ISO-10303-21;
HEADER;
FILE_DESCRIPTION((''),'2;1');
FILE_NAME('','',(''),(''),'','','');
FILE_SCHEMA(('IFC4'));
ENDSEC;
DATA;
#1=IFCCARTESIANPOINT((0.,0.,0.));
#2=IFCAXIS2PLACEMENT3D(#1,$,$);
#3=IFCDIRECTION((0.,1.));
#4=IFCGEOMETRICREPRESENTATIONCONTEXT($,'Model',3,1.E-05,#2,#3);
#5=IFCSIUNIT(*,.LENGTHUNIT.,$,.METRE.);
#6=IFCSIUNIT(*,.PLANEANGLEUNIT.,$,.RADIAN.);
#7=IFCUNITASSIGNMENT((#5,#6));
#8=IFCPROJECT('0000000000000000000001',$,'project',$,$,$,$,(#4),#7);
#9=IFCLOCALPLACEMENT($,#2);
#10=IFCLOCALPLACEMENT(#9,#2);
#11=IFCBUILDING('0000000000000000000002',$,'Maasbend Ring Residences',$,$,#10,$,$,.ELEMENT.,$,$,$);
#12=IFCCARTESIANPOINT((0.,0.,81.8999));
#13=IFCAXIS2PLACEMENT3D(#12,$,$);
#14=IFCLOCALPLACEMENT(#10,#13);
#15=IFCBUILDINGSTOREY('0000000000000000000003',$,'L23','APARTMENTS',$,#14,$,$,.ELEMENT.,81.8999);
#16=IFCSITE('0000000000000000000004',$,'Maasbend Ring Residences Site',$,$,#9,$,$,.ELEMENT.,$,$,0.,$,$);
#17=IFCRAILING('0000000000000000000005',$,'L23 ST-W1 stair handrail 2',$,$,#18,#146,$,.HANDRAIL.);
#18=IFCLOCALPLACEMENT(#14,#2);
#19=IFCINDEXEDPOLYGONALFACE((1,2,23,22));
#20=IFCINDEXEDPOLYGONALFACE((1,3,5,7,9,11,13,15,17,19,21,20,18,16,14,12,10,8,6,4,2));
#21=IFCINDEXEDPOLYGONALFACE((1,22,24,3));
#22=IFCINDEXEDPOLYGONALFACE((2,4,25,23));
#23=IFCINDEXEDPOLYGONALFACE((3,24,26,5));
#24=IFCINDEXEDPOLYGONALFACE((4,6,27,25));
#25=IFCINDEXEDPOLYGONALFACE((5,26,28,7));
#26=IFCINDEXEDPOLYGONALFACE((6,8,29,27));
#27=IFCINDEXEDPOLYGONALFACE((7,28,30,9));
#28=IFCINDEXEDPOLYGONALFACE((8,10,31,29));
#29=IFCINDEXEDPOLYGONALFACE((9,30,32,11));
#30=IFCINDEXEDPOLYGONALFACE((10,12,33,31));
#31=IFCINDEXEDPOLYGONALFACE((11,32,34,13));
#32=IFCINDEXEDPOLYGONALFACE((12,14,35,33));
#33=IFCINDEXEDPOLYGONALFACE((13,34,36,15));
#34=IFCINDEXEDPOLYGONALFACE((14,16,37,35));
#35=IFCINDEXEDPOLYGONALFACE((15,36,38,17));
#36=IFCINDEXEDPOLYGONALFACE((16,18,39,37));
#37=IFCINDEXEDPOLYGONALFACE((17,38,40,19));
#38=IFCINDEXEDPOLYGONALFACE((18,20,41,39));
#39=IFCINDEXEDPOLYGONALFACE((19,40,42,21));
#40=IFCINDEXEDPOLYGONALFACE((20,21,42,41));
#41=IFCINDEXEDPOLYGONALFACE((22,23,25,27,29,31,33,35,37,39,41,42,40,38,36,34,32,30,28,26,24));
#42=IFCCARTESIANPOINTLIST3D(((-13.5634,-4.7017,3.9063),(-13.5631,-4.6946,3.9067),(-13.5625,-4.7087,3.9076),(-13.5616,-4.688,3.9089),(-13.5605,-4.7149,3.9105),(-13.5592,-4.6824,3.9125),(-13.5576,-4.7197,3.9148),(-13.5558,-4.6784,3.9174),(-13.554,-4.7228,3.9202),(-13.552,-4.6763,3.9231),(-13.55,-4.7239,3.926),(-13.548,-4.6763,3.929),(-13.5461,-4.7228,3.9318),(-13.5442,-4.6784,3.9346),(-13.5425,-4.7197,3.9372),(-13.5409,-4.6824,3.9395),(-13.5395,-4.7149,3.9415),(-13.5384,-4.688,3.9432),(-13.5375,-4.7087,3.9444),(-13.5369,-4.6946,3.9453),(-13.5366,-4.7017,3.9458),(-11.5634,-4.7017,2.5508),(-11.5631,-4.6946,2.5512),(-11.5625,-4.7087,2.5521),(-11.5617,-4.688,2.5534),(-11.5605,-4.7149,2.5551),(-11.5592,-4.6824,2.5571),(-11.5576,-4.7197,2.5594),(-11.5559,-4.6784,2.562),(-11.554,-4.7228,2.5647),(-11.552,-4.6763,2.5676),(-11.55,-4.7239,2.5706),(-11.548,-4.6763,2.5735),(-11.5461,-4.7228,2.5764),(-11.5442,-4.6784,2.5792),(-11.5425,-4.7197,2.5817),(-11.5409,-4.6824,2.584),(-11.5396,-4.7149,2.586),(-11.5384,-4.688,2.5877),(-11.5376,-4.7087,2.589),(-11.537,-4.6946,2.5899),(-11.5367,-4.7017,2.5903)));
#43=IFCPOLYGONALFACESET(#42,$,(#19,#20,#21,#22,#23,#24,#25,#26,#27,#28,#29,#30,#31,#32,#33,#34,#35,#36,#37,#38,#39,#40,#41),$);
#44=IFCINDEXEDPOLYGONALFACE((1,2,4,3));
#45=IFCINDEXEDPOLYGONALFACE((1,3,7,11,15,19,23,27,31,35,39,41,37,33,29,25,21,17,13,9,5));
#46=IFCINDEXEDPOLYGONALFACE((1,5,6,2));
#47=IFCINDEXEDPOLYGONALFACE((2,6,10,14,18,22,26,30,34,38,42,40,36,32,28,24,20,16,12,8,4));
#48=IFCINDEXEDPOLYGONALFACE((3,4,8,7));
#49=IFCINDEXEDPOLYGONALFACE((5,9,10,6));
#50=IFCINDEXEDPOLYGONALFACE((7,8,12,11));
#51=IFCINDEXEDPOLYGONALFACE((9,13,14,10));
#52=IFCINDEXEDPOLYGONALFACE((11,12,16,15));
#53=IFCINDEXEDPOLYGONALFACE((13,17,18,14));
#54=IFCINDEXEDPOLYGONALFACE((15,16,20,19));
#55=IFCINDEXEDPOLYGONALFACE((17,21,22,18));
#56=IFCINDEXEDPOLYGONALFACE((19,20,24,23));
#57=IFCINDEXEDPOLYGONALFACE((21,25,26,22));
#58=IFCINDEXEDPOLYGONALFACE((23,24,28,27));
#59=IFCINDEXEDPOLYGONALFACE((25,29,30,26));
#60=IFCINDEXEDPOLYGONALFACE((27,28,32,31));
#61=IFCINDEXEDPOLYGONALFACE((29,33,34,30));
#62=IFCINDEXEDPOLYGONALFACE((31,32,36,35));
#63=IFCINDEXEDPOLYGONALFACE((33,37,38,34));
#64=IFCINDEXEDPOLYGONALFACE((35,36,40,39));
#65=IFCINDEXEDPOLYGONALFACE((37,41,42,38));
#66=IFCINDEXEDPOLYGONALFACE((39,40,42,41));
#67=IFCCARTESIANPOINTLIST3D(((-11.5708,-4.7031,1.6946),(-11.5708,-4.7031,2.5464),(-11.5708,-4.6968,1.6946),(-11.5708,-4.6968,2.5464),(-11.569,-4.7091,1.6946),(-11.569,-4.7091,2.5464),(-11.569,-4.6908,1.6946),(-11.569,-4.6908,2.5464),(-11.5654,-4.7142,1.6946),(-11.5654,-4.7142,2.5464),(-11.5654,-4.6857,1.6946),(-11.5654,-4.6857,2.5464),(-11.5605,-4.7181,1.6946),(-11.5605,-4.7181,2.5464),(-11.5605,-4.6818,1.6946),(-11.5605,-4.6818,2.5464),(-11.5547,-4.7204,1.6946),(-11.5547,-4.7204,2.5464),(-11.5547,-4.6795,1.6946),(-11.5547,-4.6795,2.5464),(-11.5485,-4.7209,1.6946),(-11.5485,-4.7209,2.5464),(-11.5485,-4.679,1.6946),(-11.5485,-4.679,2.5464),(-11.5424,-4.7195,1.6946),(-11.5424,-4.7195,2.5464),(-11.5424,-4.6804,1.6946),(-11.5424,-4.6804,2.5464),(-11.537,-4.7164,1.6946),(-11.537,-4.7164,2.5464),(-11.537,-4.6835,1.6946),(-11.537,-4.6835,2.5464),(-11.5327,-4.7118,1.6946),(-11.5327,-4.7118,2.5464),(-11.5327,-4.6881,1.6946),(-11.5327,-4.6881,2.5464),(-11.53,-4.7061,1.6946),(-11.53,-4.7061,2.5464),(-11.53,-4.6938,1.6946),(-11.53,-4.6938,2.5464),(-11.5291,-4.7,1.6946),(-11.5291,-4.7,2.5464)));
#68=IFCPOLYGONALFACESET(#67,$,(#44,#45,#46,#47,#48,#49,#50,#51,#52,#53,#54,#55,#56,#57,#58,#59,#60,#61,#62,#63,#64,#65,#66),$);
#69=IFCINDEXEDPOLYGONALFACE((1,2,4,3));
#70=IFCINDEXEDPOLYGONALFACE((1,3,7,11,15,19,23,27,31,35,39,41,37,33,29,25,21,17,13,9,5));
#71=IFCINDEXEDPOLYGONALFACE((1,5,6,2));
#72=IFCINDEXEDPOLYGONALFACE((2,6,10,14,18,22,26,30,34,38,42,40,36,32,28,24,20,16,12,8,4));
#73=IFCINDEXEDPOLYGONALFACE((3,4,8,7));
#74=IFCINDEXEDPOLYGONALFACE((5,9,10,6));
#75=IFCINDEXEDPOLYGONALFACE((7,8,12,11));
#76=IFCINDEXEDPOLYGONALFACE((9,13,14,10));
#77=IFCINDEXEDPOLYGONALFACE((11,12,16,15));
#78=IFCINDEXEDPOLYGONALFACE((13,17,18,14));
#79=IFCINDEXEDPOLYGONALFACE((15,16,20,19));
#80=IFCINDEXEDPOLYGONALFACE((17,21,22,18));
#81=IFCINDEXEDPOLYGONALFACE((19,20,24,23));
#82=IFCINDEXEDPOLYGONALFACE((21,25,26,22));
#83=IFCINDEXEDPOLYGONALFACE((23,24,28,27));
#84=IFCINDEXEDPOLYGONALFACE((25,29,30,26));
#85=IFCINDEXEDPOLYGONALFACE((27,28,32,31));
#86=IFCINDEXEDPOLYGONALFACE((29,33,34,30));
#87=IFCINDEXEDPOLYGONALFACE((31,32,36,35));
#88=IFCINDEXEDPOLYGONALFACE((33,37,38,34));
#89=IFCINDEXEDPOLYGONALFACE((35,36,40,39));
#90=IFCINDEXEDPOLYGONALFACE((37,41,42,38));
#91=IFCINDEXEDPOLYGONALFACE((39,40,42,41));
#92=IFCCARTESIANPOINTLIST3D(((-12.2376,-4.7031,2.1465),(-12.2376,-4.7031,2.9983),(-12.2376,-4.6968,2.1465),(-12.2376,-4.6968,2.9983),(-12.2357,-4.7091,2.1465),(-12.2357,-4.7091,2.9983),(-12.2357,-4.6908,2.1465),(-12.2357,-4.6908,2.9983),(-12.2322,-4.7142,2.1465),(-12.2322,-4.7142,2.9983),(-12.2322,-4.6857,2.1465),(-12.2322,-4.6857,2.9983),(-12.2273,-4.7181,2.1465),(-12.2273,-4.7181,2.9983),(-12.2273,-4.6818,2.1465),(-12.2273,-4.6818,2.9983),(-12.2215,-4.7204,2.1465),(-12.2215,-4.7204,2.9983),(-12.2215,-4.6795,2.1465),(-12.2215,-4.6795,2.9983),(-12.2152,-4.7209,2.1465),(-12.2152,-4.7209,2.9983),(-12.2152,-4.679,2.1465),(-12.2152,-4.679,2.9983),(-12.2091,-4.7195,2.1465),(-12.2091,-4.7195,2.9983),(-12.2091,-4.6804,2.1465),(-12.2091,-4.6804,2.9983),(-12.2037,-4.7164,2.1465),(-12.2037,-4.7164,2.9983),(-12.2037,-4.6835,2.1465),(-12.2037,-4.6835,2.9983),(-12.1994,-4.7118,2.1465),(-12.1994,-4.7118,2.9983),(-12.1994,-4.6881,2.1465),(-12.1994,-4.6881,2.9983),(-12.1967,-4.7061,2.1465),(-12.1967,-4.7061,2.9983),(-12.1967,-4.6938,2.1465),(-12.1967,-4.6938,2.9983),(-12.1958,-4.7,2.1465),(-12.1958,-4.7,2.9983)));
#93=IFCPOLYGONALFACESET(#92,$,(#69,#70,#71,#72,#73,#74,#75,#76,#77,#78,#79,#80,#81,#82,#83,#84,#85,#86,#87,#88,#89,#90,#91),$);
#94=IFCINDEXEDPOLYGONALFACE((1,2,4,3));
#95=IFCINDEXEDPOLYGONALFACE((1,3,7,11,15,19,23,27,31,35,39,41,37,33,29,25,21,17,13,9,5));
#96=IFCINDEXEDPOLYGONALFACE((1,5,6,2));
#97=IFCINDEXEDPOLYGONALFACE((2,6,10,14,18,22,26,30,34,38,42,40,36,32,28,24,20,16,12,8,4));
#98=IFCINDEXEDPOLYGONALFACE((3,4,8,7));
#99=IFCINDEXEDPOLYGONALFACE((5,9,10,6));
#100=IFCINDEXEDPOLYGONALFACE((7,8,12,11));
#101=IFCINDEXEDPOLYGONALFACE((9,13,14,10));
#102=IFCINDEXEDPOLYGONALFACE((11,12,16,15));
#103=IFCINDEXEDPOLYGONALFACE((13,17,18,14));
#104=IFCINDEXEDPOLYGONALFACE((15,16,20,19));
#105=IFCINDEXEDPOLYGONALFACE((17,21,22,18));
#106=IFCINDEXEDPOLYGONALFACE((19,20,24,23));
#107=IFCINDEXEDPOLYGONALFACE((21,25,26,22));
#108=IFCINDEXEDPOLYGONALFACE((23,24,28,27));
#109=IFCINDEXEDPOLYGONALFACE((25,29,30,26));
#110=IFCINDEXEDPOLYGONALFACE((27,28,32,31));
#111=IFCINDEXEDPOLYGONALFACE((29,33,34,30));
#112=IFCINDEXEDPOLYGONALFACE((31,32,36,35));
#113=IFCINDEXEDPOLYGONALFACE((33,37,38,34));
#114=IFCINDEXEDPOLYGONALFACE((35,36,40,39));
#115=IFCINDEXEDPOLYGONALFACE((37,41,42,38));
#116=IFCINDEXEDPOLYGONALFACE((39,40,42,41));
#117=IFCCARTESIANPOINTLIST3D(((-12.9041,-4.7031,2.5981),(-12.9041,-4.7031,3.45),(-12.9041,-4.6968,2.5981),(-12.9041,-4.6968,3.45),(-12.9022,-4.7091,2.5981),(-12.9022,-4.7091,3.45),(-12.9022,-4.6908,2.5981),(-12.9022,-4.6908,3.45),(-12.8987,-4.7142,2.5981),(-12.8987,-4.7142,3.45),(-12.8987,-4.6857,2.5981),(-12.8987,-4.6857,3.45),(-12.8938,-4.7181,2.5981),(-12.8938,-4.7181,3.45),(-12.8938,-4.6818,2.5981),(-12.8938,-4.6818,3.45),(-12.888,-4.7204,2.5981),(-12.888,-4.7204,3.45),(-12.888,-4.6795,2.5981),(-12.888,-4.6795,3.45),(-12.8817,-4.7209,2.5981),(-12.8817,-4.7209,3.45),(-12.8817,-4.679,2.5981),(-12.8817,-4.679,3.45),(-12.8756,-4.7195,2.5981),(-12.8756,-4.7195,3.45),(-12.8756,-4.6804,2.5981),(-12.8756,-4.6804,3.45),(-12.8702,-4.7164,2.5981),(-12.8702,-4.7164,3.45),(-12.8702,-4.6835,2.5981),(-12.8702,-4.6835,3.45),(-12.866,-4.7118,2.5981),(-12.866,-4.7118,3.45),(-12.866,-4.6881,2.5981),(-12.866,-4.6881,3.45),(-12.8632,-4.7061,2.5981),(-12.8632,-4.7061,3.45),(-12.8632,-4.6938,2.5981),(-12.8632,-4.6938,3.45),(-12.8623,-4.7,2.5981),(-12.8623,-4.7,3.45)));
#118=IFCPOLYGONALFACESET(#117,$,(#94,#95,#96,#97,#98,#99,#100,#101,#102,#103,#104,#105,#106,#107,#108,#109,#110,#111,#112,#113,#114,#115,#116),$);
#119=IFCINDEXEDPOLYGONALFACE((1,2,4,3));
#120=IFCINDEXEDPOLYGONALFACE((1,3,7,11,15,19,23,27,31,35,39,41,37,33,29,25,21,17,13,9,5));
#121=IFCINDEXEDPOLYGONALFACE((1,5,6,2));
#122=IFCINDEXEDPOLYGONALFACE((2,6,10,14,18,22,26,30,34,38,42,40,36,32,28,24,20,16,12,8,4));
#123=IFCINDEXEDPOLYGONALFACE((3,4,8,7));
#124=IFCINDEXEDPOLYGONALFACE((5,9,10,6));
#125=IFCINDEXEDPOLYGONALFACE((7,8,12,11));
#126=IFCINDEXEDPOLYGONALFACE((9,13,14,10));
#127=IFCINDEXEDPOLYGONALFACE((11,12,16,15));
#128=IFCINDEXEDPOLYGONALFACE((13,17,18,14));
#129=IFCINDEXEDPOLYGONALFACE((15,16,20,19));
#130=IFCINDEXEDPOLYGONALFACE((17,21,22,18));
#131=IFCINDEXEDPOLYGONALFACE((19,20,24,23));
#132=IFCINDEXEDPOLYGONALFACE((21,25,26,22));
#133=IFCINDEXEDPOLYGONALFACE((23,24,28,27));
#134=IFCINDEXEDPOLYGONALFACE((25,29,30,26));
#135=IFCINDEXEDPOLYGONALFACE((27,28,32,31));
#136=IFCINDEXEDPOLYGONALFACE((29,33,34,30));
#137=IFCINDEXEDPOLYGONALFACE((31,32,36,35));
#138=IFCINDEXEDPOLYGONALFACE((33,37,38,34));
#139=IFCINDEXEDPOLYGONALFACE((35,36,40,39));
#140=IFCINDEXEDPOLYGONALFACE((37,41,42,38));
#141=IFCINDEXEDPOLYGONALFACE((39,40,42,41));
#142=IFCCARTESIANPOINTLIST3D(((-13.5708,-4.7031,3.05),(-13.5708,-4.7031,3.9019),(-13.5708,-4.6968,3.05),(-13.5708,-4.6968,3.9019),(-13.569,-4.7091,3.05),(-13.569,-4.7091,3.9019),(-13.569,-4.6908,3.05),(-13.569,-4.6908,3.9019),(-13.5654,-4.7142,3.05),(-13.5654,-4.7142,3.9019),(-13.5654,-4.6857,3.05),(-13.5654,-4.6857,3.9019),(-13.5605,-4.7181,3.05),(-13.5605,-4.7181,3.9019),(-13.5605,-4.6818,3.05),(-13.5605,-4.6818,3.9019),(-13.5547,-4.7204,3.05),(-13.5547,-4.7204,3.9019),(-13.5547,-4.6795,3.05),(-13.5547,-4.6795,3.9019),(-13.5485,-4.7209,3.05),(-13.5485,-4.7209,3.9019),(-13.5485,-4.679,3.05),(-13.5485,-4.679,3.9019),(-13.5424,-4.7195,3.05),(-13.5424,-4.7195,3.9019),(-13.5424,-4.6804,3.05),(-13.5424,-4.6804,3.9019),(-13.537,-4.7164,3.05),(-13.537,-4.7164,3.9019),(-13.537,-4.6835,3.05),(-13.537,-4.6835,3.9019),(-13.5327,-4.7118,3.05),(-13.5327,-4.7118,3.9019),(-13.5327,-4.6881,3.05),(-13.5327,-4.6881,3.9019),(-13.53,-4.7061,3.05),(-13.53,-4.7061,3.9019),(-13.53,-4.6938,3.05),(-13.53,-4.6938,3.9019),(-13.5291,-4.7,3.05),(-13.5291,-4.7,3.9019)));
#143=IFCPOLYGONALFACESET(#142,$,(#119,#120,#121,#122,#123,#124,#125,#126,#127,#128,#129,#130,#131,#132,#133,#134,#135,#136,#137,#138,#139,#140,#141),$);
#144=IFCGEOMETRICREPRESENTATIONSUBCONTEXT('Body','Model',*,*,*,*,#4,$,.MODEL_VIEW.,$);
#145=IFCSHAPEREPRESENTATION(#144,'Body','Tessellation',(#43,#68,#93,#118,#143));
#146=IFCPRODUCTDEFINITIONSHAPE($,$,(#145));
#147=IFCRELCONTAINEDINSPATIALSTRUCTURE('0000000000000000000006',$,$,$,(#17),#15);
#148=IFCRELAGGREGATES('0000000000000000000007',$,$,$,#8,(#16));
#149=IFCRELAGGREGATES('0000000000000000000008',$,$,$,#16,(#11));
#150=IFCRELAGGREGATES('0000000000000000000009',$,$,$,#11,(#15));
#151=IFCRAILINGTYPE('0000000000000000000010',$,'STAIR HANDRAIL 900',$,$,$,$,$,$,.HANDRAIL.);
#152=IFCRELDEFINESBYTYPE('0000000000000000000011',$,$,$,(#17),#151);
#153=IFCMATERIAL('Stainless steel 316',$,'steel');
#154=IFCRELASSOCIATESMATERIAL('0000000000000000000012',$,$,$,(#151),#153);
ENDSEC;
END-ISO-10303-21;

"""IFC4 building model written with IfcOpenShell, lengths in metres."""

from ifc_helpers import new_model, si_unit, direction, frame, origin, origin_2d, place, context, subcontext, project, spatial, circle, extrude, material, type_object, element, save


model = new_model("IFC4")

# Units and contexts
model_context = context("Model", 3, precision=1e-05, world=origin(), true_north=direction((0.0, 1.0)))
body_context = subcontext(model_context, "Body", "Model", "MODEL_VIEW")
ifc_project = project(units=[si_unit("LENGTHUNIT", "METRE"), si_unit("PLANEANGLEUNIT", "RADIAN")], contexts=[model_context])

# Site, building, storey
site_placement = place(None, origin())
site = spatial("IfcSite", under=ifc_project, at=site_placement, Name="Maasbend Ring Residences Site", CompositionType="ELEMENT", RefElevation=0.0)
building_placement = place(site_placement, origin())
building = spatial("IfcBuilding", under=site, at=building_placement, Name="Maasbend Ring Residences", CompositionType="ELEMENT")
storey_placement = place(building_placement, frame((0.0, 0.0, 81.8999)))
storey = spatial("IfcBuildingStorey", under=building, at=storey_placement, Name="L23", Description="APARTMENTS", CompositionType="ELEMENT", Elevation=81.8999)

# Railing
ifc_material_1 = material(Name="Stainless steel 316", Category="steel")
railing_type_1 = type_object("IfcRailingType", Name="STAIR HANDRAIL 900", PredefinedType="HANDRAIL", material=ifc_material_1)
railing_1_placement = place(storey_placement, frame((-11.55, -4.7, 1.6946)))
element("IfcRailing", 1, at=railing_1_placement, inside=storey, type_object=railing_type_1, Name="L23 ST-W1 stair handrail 2", PredefinedType="HANDRAIL", context=body_context, shape_type="SweptSolid", body=[
    extrude(circle(Radius=0.0239, at=origin_2d()), frame((0.0, 0.0, 0.876), z_axis=(-0.827798, 0.0, 0.561027), x_axis=(0.0, -1.0, 0.0)), (0.0, 0.0, 1.0), 2.416),
    extrude(circle(Radius=0.021, at=origin_2d()), origin(), (0.0, 0.0, 1.0), 0.8518),
    extrude(circle(Radius=0.021, at=origin_2d()), frame((-0.6667, 0.0, 0.4519)), (0.0, 0.0, 1.0), 0.8518),
    extrude(circle(Radius=0.021, at=origin_2d()), frame((-1.3333, 0.0, 0.9036)), (0.0, 0.0, 1.0), 0.8518),
    extrude(circle(Radius=0.021, at=origin_2d()), frame((-2.0, 0.0, 1.3555)), (0.0, 0.0, 1.0), 0.8518),
])

save(model, "model.ifc")
